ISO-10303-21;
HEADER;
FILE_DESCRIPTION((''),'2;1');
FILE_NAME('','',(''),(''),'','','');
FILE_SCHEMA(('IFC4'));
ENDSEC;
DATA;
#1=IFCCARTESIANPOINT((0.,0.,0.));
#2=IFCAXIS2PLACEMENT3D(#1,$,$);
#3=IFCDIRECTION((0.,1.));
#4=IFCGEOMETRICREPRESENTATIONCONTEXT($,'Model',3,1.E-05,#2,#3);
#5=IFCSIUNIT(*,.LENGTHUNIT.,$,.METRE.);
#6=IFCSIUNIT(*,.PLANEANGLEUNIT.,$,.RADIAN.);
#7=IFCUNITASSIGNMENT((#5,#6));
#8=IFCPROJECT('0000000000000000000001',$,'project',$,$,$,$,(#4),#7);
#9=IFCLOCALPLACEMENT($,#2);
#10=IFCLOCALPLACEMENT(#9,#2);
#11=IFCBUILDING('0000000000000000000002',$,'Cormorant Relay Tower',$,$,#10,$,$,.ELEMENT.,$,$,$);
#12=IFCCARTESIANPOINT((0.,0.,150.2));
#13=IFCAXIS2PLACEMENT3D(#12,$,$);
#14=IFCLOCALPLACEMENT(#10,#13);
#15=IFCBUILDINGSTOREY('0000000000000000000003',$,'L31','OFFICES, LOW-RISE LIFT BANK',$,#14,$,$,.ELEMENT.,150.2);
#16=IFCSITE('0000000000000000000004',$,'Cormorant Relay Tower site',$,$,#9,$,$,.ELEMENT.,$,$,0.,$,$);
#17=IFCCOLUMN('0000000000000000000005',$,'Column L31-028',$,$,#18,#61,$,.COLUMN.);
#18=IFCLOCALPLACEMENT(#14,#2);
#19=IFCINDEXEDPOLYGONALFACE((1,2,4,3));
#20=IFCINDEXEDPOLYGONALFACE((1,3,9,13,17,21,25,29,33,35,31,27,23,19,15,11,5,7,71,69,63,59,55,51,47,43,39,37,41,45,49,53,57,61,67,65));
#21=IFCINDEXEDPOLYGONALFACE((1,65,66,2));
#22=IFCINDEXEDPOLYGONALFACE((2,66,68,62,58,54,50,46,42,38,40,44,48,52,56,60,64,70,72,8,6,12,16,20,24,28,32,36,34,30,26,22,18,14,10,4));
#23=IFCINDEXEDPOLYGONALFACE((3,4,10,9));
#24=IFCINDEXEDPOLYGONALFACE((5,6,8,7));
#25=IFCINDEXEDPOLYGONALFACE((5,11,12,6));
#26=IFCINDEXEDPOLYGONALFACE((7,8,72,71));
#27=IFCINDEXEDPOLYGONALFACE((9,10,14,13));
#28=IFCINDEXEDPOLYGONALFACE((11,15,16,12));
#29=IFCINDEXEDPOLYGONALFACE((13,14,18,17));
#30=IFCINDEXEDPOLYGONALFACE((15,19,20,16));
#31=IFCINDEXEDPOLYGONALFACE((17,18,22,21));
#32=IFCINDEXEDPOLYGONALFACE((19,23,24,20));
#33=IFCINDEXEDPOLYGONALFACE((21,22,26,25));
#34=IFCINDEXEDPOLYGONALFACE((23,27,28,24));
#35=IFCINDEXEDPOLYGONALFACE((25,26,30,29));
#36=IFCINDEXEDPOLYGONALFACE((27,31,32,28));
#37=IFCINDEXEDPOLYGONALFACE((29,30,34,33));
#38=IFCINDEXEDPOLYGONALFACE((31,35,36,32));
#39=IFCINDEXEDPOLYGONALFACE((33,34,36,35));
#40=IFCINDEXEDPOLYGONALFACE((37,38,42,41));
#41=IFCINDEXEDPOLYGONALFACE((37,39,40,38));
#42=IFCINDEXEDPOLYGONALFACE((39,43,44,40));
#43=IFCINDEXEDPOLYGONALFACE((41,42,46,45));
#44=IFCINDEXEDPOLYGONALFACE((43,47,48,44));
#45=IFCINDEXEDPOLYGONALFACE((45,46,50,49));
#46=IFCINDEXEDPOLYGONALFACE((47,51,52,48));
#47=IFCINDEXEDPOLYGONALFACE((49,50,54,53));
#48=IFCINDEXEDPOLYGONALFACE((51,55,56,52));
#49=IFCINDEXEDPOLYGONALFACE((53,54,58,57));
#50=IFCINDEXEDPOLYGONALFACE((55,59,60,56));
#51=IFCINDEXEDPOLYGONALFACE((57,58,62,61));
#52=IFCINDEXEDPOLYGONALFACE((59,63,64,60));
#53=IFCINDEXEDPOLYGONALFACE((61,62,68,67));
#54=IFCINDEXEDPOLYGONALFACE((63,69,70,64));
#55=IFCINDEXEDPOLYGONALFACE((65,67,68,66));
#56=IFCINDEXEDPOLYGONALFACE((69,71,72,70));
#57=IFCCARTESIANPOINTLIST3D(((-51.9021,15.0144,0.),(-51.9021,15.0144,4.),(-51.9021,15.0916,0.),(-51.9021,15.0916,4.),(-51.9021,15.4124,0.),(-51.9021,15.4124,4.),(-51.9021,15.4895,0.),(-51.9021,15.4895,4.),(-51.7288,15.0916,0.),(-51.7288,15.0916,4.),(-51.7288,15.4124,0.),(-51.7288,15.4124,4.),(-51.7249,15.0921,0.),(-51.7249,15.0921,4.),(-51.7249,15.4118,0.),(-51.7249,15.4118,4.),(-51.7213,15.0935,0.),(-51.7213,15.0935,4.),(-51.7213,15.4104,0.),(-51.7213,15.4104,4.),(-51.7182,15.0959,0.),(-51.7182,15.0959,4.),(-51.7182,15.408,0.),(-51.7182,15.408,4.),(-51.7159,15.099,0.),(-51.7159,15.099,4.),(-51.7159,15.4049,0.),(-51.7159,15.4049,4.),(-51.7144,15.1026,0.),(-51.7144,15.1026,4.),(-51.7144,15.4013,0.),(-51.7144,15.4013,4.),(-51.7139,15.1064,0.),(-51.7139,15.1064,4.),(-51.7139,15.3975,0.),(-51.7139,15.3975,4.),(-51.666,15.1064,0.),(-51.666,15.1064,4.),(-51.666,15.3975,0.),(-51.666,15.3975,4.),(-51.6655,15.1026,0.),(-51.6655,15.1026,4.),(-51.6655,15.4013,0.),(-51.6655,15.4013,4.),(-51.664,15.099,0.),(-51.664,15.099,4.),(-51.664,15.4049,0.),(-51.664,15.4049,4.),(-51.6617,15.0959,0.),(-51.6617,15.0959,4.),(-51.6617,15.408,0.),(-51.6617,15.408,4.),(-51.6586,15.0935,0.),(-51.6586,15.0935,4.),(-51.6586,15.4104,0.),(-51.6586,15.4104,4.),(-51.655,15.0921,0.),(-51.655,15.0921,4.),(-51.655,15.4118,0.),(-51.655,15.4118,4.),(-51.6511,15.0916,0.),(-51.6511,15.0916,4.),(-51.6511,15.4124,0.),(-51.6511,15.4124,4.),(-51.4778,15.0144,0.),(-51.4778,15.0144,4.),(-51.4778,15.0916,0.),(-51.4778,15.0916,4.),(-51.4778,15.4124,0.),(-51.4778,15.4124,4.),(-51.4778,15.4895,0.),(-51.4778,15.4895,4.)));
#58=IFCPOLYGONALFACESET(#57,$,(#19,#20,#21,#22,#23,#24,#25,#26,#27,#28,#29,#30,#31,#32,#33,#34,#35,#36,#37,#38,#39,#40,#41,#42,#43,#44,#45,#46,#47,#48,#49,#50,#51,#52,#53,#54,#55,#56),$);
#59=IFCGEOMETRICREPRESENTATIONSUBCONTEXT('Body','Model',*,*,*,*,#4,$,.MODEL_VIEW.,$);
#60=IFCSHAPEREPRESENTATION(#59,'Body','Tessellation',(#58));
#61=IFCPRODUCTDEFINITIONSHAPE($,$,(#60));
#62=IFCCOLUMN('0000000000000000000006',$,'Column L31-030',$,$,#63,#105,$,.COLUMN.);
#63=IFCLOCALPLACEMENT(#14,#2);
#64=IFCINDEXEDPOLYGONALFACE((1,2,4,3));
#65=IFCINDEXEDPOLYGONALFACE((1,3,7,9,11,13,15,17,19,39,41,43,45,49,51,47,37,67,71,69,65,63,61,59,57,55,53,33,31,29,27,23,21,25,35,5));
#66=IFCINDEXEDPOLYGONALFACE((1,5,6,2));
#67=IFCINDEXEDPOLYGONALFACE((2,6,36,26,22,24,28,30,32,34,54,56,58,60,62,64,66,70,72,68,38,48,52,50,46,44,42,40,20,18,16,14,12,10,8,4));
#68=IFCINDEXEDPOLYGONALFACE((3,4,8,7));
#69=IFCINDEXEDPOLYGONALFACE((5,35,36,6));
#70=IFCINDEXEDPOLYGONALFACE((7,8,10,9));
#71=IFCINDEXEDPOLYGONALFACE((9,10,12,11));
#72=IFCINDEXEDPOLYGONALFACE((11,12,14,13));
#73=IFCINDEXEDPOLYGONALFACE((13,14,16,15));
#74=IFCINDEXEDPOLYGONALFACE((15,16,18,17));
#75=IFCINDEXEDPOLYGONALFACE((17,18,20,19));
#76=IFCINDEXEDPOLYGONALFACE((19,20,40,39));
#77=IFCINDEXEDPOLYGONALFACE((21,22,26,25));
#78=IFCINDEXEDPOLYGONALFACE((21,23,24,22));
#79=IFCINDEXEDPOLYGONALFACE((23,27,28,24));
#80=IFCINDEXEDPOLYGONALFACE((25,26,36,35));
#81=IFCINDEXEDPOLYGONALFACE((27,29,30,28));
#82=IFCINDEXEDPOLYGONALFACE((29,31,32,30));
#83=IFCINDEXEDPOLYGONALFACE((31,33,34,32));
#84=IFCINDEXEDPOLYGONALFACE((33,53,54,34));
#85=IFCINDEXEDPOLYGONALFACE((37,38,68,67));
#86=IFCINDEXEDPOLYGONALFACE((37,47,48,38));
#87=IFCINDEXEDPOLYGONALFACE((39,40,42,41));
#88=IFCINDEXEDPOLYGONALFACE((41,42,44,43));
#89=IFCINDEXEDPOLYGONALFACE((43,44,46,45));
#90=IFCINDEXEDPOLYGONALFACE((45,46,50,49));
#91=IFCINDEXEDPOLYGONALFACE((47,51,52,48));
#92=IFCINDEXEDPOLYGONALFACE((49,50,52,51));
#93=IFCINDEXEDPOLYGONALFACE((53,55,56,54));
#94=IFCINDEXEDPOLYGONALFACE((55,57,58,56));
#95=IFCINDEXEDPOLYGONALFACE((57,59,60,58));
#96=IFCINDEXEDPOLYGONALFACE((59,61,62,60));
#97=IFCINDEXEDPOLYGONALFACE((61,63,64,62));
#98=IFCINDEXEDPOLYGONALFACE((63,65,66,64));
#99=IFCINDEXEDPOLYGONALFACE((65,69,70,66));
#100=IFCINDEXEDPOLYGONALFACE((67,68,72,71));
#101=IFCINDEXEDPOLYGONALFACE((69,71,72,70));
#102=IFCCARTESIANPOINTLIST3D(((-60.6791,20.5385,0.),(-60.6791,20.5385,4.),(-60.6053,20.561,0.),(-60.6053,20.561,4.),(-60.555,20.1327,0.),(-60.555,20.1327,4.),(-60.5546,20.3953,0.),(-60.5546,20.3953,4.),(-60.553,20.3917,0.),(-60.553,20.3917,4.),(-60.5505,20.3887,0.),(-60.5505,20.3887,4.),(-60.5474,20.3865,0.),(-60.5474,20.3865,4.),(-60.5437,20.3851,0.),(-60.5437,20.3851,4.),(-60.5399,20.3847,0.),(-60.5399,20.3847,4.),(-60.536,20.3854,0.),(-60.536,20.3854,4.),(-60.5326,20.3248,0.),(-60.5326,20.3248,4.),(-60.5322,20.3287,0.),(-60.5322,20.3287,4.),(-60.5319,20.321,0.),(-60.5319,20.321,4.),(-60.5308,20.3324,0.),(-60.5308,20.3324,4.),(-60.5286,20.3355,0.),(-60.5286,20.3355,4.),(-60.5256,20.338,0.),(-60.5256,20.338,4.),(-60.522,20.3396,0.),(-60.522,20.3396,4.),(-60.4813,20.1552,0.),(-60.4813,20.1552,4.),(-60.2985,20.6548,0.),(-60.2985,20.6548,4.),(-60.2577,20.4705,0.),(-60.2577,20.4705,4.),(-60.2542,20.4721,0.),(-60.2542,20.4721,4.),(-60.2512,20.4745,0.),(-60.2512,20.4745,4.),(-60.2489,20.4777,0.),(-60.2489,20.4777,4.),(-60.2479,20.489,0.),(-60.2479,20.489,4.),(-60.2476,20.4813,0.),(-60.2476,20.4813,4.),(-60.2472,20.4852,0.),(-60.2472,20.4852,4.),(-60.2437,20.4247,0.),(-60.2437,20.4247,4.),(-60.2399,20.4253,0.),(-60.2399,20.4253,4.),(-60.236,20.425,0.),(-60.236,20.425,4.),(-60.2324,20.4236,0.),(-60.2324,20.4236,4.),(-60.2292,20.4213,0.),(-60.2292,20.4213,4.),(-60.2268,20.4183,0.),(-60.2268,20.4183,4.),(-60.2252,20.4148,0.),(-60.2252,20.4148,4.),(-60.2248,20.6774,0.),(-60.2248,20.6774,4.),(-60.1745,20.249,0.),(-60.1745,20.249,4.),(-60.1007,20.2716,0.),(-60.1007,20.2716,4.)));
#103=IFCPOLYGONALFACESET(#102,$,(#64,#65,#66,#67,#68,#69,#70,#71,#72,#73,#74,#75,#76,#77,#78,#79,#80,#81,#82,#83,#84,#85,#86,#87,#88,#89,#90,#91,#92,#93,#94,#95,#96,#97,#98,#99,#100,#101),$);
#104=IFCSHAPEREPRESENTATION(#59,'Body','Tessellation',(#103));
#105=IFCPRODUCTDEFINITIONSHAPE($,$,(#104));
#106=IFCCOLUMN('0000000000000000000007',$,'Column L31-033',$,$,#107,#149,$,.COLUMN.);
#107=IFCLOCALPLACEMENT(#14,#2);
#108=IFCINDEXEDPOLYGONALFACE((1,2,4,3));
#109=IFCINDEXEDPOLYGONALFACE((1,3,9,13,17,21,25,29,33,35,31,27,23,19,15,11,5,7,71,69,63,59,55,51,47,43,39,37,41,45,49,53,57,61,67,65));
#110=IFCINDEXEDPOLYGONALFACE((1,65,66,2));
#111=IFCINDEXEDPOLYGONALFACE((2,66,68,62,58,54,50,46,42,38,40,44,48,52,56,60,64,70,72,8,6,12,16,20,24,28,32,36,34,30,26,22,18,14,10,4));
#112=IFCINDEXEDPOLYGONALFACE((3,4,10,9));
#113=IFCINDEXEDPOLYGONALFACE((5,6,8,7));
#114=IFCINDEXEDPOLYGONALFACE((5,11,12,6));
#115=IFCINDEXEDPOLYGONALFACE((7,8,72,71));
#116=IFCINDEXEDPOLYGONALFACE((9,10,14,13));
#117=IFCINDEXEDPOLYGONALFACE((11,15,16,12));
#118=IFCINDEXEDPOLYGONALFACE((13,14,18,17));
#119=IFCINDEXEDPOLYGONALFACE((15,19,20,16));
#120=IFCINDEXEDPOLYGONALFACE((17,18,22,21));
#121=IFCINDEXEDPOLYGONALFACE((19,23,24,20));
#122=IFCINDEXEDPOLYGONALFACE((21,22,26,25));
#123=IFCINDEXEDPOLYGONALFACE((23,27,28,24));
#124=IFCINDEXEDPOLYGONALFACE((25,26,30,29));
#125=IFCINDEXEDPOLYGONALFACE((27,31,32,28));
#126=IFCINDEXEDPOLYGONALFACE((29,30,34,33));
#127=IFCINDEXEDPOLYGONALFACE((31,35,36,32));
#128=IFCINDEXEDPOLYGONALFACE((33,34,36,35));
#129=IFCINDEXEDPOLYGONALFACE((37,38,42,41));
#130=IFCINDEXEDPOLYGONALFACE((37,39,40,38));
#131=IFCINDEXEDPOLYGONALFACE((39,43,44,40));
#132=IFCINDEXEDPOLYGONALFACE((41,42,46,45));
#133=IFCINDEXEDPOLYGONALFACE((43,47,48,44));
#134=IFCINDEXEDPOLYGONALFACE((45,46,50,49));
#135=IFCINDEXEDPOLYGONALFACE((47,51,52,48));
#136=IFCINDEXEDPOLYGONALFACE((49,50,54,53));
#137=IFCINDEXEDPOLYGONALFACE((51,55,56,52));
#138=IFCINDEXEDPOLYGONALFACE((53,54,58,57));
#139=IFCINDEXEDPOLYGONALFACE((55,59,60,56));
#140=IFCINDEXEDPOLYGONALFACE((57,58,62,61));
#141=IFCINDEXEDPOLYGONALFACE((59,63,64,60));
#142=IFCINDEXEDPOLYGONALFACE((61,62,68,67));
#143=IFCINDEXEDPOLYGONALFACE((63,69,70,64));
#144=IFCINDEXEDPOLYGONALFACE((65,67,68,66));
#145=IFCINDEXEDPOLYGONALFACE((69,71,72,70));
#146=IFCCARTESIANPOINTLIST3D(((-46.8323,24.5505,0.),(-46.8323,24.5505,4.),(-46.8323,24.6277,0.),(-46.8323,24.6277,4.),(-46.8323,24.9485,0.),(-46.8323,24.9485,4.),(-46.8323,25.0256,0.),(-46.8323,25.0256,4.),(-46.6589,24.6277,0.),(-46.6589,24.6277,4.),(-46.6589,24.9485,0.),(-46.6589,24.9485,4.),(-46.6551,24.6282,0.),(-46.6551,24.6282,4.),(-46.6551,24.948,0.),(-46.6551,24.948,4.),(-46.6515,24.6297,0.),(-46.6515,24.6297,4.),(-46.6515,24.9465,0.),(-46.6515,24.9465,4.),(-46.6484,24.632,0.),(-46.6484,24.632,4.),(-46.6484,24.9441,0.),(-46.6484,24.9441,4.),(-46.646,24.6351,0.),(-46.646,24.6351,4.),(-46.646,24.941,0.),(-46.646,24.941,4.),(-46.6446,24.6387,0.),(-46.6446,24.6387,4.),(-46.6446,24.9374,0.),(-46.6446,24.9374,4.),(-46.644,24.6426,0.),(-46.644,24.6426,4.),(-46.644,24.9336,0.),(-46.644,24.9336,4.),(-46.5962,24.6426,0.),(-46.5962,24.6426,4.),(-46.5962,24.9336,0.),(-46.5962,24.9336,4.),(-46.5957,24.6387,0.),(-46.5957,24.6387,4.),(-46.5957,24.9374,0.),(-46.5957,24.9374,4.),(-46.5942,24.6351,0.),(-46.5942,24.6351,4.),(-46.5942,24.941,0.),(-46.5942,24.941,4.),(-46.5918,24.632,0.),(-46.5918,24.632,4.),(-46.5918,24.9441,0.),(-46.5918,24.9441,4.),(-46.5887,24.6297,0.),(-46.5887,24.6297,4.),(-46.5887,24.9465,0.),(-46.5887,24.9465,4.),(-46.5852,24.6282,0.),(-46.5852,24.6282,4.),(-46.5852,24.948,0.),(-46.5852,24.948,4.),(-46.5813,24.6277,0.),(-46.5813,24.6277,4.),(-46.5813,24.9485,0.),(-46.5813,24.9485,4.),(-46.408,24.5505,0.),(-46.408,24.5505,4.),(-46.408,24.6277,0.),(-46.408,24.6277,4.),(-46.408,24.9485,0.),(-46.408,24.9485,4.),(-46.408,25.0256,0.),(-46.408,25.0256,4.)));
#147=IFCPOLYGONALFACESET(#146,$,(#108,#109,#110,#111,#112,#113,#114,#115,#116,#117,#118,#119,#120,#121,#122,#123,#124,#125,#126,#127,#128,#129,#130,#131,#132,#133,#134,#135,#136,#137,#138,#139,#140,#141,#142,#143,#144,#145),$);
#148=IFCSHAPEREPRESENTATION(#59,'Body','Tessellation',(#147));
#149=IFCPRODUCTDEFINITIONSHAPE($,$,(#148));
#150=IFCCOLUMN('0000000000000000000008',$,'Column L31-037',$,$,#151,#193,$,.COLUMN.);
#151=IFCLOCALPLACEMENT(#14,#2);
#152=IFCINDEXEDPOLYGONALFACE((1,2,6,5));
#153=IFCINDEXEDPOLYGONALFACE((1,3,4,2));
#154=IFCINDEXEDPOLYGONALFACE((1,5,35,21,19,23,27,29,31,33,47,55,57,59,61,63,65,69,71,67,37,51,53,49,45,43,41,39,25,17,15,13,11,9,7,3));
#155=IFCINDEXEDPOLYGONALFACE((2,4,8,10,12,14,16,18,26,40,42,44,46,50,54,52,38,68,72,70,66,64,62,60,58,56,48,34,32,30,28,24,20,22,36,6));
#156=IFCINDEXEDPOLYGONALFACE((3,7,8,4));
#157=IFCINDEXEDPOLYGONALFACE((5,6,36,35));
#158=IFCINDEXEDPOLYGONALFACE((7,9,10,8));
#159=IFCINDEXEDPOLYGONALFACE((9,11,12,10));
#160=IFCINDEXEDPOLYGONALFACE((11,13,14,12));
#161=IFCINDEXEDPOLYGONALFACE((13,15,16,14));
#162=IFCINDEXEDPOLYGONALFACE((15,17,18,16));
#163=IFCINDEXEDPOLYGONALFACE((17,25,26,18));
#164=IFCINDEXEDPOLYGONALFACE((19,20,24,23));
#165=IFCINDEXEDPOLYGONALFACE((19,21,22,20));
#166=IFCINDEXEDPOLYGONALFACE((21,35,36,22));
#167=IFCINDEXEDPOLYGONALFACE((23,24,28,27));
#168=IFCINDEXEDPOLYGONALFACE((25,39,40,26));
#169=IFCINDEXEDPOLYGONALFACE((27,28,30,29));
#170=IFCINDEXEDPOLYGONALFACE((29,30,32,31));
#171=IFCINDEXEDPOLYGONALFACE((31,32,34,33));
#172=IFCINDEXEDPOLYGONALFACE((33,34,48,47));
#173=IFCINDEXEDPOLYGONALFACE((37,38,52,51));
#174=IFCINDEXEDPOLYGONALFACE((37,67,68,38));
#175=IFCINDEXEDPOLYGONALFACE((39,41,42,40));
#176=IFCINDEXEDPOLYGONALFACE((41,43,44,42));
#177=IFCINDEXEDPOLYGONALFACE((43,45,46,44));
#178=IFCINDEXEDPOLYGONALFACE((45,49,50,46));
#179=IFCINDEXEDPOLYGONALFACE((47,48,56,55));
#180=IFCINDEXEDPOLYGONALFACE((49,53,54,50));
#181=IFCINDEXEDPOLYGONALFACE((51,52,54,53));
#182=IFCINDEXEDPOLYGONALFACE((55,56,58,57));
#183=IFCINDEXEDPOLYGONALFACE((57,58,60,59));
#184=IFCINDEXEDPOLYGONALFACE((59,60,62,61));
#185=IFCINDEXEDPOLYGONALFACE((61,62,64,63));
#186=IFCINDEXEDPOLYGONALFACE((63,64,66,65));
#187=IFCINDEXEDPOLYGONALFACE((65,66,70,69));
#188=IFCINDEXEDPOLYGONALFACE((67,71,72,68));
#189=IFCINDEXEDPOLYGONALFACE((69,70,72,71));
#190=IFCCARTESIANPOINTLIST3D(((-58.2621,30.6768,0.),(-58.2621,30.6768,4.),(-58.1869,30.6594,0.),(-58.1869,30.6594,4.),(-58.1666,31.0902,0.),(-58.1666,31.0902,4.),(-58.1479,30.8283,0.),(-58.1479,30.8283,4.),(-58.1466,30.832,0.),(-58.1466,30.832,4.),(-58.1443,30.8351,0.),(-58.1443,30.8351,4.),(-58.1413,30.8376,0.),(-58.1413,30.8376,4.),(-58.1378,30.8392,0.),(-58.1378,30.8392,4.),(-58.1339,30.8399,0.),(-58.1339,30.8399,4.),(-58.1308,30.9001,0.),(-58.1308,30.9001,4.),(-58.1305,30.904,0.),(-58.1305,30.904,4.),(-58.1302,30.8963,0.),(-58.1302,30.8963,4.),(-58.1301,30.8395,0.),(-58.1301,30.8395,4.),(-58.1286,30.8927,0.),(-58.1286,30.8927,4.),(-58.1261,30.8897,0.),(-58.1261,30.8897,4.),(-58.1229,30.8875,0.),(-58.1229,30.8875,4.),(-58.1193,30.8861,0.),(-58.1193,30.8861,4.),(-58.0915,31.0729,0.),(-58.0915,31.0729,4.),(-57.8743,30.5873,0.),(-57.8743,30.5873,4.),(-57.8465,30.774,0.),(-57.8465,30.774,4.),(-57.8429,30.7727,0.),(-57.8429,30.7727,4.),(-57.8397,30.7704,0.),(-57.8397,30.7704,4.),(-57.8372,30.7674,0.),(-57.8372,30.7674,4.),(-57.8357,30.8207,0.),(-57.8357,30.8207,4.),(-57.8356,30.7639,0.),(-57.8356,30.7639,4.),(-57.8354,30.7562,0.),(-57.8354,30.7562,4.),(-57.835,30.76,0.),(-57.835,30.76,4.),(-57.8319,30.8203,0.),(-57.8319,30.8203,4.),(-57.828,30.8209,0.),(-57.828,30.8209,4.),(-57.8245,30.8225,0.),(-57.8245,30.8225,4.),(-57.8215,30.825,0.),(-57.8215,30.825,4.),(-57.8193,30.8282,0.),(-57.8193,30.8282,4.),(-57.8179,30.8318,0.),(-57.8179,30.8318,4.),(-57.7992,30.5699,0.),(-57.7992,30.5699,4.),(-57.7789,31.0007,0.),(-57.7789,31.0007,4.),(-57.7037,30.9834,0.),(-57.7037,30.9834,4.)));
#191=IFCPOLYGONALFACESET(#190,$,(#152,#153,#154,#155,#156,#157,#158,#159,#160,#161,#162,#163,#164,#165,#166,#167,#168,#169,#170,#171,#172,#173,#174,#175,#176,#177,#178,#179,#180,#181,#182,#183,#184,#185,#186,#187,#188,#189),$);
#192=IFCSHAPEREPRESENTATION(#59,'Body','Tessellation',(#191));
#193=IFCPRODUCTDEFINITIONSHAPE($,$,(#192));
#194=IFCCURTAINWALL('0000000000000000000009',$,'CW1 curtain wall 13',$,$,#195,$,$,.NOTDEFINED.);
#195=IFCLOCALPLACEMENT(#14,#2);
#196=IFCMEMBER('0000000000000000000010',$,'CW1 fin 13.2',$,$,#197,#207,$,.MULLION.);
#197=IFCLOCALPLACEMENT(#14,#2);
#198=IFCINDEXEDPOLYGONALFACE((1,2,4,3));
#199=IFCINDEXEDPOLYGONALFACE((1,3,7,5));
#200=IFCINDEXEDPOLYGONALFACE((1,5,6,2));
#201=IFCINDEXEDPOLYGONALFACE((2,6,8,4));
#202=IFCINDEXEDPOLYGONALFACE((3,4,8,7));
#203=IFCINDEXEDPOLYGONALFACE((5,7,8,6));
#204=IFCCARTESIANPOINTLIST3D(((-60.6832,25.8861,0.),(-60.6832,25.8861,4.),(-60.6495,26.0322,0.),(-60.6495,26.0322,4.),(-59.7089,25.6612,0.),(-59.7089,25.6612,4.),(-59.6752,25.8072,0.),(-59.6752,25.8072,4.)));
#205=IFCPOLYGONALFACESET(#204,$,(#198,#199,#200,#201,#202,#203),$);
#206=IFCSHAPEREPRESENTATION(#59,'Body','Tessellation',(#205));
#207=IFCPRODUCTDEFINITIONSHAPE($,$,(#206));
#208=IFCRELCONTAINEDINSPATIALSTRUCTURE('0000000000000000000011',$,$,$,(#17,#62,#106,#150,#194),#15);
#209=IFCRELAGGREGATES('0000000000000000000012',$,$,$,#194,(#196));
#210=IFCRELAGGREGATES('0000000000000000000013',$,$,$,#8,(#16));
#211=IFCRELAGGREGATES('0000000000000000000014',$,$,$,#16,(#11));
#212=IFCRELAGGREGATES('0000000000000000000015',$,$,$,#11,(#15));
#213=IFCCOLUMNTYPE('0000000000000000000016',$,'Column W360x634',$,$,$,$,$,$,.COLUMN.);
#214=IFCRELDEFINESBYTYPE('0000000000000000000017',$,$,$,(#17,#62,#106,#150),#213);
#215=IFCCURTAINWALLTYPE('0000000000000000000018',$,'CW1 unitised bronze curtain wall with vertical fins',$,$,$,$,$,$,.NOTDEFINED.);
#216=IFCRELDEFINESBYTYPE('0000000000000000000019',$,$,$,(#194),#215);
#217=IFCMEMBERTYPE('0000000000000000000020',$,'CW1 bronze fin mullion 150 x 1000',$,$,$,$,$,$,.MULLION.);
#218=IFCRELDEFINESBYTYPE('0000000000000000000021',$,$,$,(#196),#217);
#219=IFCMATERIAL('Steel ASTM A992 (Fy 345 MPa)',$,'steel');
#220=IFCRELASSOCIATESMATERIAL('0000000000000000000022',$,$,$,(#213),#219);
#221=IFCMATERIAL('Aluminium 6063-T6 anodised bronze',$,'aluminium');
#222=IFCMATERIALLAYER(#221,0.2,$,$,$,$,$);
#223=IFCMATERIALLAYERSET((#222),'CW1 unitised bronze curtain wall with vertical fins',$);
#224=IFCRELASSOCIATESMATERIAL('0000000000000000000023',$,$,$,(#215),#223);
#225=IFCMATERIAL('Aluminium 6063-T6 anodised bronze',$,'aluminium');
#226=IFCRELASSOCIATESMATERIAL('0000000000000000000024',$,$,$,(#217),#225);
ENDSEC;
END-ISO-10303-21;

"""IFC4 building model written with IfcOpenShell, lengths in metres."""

from ifc_helpers import new_model, si_unit, direction, frame, origin, origin_2d, place, context, subcontext, project, spatial, rectangle, i_section, extrude, material, layer, layer_set, material_profile, profile_set, type_object, element, aggregate, save


model = new_model("IFC4")

# Units and contexts
model_context = context("Model", 3, precision=1e-05, world=origin(), true_north=direction((0.0, 1.0)))
body_context = subcontext(model_context, "Body", "Model", "MODEL_VIEW")
ifc_project = project(units=[si_unit("LENGTHUNIT", "METRE"), si_unit("PLANEANGLEUNIT", "RADIAN")], contexts=[model_context])

# Site, building, storey
site_placement = place(None, origin())
site = spatial("IfcSite", under=ifc_project, at=site_placement, Name="Cormorant Relay Tower site", CompositionType="ELEMENT", RefElevation=0.0)
building_placement = place(site_placement, origin())
building = spatial("IfcBuilding", under=site, at=building_placement, Name="Cormorant Relay Tower", CompositionType="ELEMENT")
storey_placement = place(building_placement, frame((0.0, 0.0, 150.2)))
storey = spatial("IfcBuildingStorey", under=building, at=storey_placement, Name="L31", Description="OFFICES, LOW-RISE LIFT BANK", CompositionType="ELEMENT", Elevation=150.2)

# Columns
ifc_material_1 = material(Name="Steel ASTM A992 (Fy 345 MPa)", Category="steel")
ifc_material_profile_1 = material_profile(ifc_material_1, i_section(OverallWidth=0.4243, OverallDepth=0.4751, WebThickness=0.0479, FlangeThickness=0.0771, FilletRadius=0.0149, at=origin_2d()), Name="W360x634")
ifc_profile_set_1 = profile_set([ifc_material_profile_1], Name="Steel ASTM A992 (Fy 345 MPa)")
column_type = type_object("IfcColumnType", Name="Column W360x634", PredefinedType="COLUMN", material=ifc_profile_set_1)
for number, where, z_axis, x_axis, name in (
    (1, (-51.6899, 15.252, 0.0), (0.0, 0.0, 1.0), (1.0, 0.0, 0.0), "Column L31-028"),
    (2, (-60.3899, 20.405, 0.0), (0.0, 0.0, 1.0), (0.292372, -0.956305, 0.0), "Column L31-030"),
    (3, (-46.6201, 24.7881, 0.0), (0.0, 0.0, 1.0), (1.0, 0.0, 0.0), "Column L31-033"),
    (4, (-57.9829, 30.8301, 0.0), (0.0, 0.0, 1.0), (-0.224951, -0.97437, 0.0), "Column L31-037"),
):
    element("IfcColumn", number, at=place(storey_placement, frame(where, z_axis=z_axis, x_axis=x_axis)), inside=storey, type_object=column_type, Name=name, PredefinedType="COLUMN", context=body_context, shape_type="SweptSolid", body=[
        extrude(i_section(OverallWidth=0.4243, OverallDepth=0.4751, WebThickness=0.0479, FlangeThickness=0.0771, FilletRadius=0.0149, at=origin_2d()), origin(), (0.0, 0.0, 1.0), 4.0),
    ])

# Curtain wall, member
ifc_material_2 = material(Name="Aluminium 6063-T6 anodised bronze", Category="aluminium")
ifc_layer_1 = layer(ifc_material_2, 0.2)
ifc_layer_set_1 = layer_set([ifc_layer_1], Name="CW1 unitised bronze curtain wall with vertical fins")
curtain_wall_type = type_object("IfcCurtainWallType", Name="CW1 unitised bronze curtain wall with vertical fins", PredefinedType="NOTDEFINED", material=ifc_layer_set_1)
curtain_wall_1_placement = place(storey_placement, origin())
curtain_wall_1 = element("IfcCurtainWall", 5, at=curtain_wall_1_placement, inside=storey, type_object=curtain_wall_type, Name="CW1 curtain wall 13", PredefinedType="NOTDEFINED")
ifc_material_3 = material(Name="Aluminium 6063-T6 anodised bronze", Category="aluminium")
ifc_material_profile_2 = material_profile(ifc_material_3, rectangle(XDim=0.1499, YDim=1.0, at=origin_2d()), Name="AL 150x1000")
ifc_profile_set_2 = profile_set([ifc_material_profile_2], Name="Aluminium 6063-T6 anodised bronze")
member_type_1 = type_object("IfcMemberType", Name="CW1 bronze fin mullion 150 x 1000", PredefinedType="MULLION", material=ifc_profile_set_2)
member_1_placement = place(storey_placement, frame((-60.1792, 25.8467, 0.0), z_axis=(0.0, 0.0, 1.0), x_axis=(-0.224951, -0.97437, 0.0)))
member_1 = element("IfcMember", 6, at=member_1_placement, type_object=member_type_1, Name="CW1 fin 13.2", PredefinedType="MULLION", context=body_context, shape_type="SweptSolid", body=[
    extrude(rectangle(XDim=0.1499, YDim=1.0, at=origin_2d()), origin(), (0.0, 0.0, 1.0), 4.0),
])

aggregate(curtain_wall_1, [member_1])

save(model, "model.ifc")
